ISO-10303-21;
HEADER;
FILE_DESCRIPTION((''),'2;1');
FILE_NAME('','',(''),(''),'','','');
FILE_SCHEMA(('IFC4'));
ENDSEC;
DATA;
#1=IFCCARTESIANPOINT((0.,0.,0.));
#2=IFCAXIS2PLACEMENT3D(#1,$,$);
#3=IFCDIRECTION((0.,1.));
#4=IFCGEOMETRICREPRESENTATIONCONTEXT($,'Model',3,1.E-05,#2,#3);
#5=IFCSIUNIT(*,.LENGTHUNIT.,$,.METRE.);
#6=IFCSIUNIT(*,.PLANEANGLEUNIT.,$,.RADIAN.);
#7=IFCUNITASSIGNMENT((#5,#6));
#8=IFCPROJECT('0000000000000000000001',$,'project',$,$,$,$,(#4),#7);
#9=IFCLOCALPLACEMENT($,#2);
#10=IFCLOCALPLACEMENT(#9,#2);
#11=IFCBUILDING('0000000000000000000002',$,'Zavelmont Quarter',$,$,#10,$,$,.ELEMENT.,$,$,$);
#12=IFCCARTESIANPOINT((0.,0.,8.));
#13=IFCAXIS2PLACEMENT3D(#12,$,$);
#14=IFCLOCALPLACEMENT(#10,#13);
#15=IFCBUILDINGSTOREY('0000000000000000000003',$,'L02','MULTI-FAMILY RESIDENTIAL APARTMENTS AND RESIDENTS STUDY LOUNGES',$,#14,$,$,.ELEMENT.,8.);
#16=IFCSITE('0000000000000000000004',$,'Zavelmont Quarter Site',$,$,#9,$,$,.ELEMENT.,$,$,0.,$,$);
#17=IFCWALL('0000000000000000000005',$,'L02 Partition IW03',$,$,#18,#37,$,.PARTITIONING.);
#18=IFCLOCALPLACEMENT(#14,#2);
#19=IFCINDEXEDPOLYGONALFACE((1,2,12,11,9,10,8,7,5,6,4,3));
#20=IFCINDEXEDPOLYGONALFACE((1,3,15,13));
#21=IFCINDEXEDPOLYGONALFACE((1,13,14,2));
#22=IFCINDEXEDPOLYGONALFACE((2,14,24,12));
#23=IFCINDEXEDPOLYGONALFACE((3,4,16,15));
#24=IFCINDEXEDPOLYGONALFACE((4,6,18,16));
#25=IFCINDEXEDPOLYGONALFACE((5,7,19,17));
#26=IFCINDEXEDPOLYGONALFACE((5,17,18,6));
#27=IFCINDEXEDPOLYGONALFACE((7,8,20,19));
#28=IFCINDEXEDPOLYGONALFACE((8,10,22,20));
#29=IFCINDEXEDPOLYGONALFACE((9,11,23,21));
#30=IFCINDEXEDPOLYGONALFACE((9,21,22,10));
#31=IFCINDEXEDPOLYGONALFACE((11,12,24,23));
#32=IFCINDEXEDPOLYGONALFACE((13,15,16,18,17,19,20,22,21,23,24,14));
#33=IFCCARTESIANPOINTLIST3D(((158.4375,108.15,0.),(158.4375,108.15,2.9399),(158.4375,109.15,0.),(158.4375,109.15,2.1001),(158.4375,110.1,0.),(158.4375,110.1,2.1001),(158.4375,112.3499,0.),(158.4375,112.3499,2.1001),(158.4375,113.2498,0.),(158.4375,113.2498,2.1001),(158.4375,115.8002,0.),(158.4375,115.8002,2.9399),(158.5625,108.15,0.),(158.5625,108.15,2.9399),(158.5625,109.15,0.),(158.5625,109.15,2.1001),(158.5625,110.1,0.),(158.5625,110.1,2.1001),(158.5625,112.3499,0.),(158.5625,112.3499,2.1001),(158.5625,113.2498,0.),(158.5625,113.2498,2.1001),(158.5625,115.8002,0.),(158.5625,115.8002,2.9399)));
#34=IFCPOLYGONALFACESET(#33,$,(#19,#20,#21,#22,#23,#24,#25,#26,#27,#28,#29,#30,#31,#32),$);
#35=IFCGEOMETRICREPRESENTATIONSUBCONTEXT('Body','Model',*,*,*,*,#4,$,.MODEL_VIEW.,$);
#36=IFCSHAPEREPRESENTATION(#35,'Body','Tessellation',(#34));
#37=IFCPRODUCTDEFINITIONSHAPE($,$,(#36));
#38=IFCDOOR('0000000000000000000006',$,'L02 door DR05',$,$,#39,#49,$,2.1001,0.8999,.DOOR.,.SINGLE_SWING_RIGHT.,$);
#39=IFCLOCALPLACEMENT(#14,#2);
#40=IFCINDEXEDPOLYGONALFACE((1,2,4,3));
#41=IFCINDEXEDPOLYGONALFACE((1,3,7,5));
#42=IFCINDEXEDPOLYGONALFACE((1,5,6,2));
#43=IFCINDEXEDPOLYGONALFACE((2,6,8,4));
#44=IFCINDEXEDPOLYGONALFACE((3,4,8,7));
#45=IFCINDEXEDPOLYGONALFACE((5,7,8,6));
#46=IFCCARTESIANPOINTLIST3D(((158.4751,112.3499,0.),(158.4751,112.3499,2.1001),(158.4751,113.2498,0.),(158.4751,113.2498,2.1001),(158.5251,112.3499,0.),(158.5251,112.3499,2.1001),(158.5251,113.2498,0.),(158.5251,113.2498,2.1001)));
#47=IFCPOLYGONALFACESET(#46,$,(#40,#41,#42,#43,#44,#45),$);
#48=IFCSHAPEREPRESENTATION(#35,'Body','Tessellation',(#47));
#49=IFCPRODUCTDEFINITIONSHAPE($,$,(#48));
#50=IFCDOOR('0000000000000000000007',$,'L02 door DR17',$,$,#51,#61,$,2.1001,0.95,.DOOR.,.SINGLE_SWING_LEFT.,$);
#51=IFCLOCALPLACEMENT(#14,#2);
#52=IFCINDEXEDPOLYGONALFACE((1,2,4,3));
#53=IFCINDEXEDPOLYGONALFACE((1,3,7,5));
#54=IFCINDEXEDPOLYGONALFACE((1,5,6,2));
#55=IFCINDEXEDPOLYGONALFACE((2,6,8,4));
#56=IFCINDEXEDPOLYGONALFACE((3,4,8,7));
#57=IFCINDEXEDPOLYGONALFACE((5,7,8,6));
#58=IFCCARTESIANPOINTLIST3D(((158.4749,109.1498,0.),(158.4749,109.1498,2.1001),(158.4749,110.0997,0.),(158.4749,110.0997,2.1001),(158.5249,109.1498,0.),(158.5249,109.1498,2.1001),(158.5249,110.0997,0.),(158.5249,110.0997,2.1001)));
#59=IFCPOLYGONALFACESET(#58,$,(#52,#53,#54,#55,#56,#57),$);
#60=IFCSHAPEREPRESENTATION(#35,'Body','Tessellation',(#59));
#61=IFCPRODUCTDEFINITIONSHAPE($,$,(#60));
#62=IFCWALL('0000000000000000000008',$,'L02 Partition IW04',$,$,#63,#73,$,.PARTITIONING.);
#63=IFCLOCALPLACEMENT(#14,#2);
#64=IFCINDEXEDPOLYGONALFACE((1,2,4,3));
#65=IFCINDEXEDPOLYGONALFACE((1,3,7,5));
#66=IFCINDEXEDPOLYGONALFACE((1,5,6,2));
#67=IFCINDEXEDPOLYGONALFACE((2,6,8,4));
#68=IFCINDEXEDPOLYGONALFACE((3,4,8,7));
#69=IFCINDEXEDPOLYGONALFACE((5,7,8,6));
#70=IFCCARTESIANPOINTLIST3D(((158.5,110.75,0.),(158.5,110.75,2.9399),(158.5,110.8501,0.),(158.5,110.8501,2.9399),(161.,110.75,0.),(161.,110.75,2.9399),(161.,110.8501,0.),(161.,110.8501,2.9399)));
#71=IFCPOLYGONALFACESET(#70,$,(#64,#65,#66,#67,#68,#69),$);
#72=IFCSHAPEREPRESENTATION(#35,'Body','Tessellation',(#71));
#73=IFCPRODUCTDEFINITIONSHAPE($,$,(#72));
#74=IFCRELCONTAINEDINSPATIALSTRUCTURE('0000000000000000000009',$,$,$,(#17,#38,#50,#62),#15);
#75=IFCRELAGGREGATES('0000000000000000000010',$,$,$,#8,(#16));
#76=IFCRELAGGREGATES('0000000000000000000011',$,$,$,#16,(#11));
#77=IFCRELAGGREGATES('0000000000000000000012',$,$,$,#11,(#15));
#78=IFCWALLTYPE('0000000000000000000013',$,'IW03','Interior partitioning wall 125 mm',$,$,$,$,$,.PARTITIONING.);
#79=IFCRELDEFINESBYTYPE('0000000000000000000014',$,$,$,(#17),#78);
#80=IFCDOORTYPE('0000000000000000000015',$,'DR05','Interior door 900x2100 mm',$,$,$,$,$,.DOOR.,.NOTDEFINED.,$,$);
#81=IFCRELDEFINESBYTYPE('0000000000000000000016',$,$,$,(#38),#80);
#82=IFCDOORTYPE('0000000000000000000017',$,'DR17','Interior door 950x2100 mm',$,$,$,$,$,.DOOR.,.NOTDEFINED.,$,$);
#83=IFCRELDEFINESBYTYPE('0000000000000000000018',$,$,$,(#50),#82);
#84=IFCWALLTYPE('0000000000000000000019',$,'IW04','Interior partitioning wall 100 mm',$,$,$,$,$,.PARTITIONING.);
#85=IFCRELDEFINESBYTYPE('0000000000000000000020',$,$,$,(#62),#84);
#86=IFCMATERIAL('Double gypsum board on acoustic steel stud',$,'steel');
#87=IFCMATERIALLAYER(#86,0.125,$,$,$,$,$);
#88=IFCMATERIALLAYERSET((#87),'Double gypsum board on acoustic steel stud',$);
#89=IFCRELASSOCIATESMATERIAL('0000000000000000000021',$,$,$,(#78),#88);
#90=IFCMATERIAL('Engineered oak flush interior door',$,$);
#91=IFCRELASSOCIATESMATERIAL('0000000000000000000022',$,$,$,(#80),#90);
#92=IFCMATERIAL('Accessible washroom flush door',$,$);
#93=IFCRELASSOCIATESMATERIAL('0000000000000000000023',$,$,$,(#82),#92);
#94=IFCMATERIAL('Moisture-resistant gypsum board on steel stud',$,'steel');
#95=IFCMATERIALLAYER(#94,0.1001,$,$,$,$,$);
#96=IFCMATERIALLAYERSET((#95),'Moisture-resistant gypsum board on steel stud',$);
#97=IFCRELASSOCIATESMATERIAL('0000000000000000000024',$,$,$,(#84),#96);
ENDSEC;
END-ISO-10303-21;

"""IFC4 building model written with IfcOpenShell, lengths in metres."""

from ifc_helpers import new_model, si_unit, direction, frame, frame_2d, origin, origin_with_axes, place, context, subcontext, project, spatial, rectangle, extrude, material, layer, layer_set, type_object, element, fill, save


model = new_model("IFC4")

# Units and contexts
model_context = context("Model", 3, precision=1e-05, world=origin(), true_north=direction((0.0, 1.0)))
body_context = subcontext(model_context, "Body", "Model", "MODEL_VIEW")
ifc_project = project(units=[si_unit("LENGTHUNIT", "METRE"), si_unit("PLANEANGLEUNIT", "RADIAN")], contexts=[model_context])

# Site, building, storey
site_placement = place(None, origin())
site = spatial("IfcSite", under=ifc_project, at=site_placement, Name="Zavelmont Quarter Site", CompositionType="ELEMENT", RefElevation=0.0)
building_placement = place(site_placement, origin())
building = spatial("IfcBuilding", under=site, at=building_placement, Name="Zavelmont Quarter", CompositionType="ELEMENT")
storey_placement = place(building_placement, frame((0.0, 0.0, 8.0)))
storey = spatial("IfcBuildingStorey", under=building, at=storey_placement, Name="L02", Description="MULTI-FAMILY RESIDENTIAL APARTMENTS AND RESIDENTS STUDY LOUNGES", CompositionType="ELEMENT", Elevation=8.0)

# Wall, openings, doors
ifc_material_1 = material(Name="Double gypsum board on acoustic steel stud", Category="steel")
ifc_layer_1 = layer(ifc_material_1, 0.125)
ifc_layer_set_1 = layer_set([ifc_layer_1], Name="Double gypsum board on acoustic steel stud")
wall_type_1 = type_object("IfcWallType", Name="IW03", Description="Interior partitioning wall 125 mm", PredefinedType="PARTITIONING", material=ifc_layer_set_1)
wall_1_placement = place(storey_placement, frame((158.5, 108.1499, 0.0), z_axis=(0.0, 0.0, 1.0), x_axis=(0.0, 1.0, 0.0)))
wall_1 = element("IfcWall", 1, at=wall_1_placement, inside=storey, type_object=wall_type_1, Name="L02 Partition IW03", PredefinedType="PARTITIONING", context=body_context, shape_type="SweptSolid", body=[
    extrude(rectangle(XDim=7.6501, YDim=0.125, at=frame_2d((3.8252, 0.0))), origin(), (0.0, 0.0, 1.0), 2.9399),
])
opening_1_placement = place(wall_1_placement, frame((1.0, 0.0, 0.0)))
opening_1 = element("IfcOpeningElement", 2, at=opening_1_placement, cuts=wall_1, PredefinedType="OPENING", context=body_context, shape_type="SweptSolid", body=[
    extrude(rectangle(XDim=0.95, YDim=2.1001, at=frame_2d((0.4751, 1.05))), frame((0.0, 0.0745, 0.0), z_axis=(0.0, -1.0, 0.0), x_axis=(1.0, 0.0, 0.0)), (0.0, 0.0, 1.0), 0.1489),
])
opening_2_placement = place(wall_1_placement, frame((4.2, 0.0, 0.0)))
opening_2 = element("IfcOpeningElement", 3, at=opening_2_placement, cuts=wall_1, PredefinedType="OPENING", context=body_context, shape_type="SweptSolid", body=[
    extrude(rectangle(XDim=0.8999, YDim=2.1001, at=frame_2d((0.45, 1.05))), frame((0.0, 0.0745, 0.0), z_axis=(0.0, -1.0, 0.0), x_axis=(1.0, 0.0, 0.0)), (0.0, 0.0, 1.0), 0.1489),
])
ifc_material_2 = material(Name="Engineered oak flush interior door")
door_type_1 = type_object("IfcDoorType", Name="DR05", Description="Interior door 900x2100 mm", OperationType="NOTDEFINED", PredefinedType="DOOR", material=ifc_material_2)
door_1_placement = place(opening_2_placement, origin_with_axes())
door_1 = element("IfcDoor", 4, at=door_1_placement, inside=storey, type_object=door_type_1, Name="L02 door DR05", OperationType="SINGLE_SWING_RIGHT", OverallHeight=2.1001, OverallWidth=0.8999, PredefinedType="DOOR", context=body_context, shape_type="SweptSolid", body=[
    extrude(rectangle(XDim=0.8999, YDim=2.1001, at=frame_2d((0.45, 1.05))), frame((0.0, 0.0249, 0.0), z_axis=(0.0, -1.0, 0.0), x_axis=(1.0, 0.0, 0.0)), (0.0, 0.0, 1.0), 0.05),
])
fill(opening_2, door_1)
ifc_material_3 = material(Name="Accessible washroom flush door")
door_type_2 = type_object("IfcDoorType", Name="DR17", Description="Interior door 950x2100 mm", OperationType="NOTDEFINED", PredefinedType="DOOR", material=ifc_material_3)
door_2_placement = place(opening_1_placement, frame((0.95, 0.0, 0.0), z_axis=(0.0, 0.0, 1.0), x_axis=(-1.0, 0.0, 0.0)))
door_2 = element("IfcDoor", 5, at=door_2_placement, inside=storey, type_object=door_type_2, Name="L02 door DR17", OperationType="SINGLE_SWING_LEFT", OverallHeight=2.1001, OverallWidth=0.95, PredefinedType="DOOR", context=body_context, shape_type="SweptSolid", body=[
    extrude(rectangle(XDim=0.95, YDim=2.1001, at=frame_2d((0.4751, 1.05))), frame((0.0, 0.0249, 0.0), z_axis=(0.0, -1.0, 0.0), x_axis=(1.0, 0.0, 0.0)), (0.0, 0.0, 1.0), 0.05),
])
fill(opening_1, door_2)

# Wall
ifc_material_4 = material(Name="Moisture-resistant gypsum board on steel stud", Category="steel")
ifc_layer_2 = layer(ifc_material_4, 0.1001)
ifc_layer_set_2 = layer_set([ifc_layer_2], Name="Moisture-resistant gypsum board on steel stud")
wall_type_2 = type_object("IfcWallType", Name="IW04", Description="Interior partitioning wall 100 mm", PredefinedType="PARTITIONING", material=ifc_layer_set_2)
wall_2_placement = place(storey_placement, frame((158.5, 110.8, 0.0), z_axis=(0.0, 0.0, 1.0), x_axis=(1.0, 0.0, 0.0)))
element("IfcWall", 6, at=wall_2_placement, inside=storey, type_object=wall_type_2, Name="L02 Partition IW04", PredefinedType="PARTITIONING", context=body_context, shape_type="SweptSolid", body=[
    extrude(rectangle(XDim=2.5, YDim=0.1001, at=frame_2d((1.25, 0.0))), origin(), (0.0, 0.0, 1.0), 2.9399),
])

save(model, "model.ifc")
